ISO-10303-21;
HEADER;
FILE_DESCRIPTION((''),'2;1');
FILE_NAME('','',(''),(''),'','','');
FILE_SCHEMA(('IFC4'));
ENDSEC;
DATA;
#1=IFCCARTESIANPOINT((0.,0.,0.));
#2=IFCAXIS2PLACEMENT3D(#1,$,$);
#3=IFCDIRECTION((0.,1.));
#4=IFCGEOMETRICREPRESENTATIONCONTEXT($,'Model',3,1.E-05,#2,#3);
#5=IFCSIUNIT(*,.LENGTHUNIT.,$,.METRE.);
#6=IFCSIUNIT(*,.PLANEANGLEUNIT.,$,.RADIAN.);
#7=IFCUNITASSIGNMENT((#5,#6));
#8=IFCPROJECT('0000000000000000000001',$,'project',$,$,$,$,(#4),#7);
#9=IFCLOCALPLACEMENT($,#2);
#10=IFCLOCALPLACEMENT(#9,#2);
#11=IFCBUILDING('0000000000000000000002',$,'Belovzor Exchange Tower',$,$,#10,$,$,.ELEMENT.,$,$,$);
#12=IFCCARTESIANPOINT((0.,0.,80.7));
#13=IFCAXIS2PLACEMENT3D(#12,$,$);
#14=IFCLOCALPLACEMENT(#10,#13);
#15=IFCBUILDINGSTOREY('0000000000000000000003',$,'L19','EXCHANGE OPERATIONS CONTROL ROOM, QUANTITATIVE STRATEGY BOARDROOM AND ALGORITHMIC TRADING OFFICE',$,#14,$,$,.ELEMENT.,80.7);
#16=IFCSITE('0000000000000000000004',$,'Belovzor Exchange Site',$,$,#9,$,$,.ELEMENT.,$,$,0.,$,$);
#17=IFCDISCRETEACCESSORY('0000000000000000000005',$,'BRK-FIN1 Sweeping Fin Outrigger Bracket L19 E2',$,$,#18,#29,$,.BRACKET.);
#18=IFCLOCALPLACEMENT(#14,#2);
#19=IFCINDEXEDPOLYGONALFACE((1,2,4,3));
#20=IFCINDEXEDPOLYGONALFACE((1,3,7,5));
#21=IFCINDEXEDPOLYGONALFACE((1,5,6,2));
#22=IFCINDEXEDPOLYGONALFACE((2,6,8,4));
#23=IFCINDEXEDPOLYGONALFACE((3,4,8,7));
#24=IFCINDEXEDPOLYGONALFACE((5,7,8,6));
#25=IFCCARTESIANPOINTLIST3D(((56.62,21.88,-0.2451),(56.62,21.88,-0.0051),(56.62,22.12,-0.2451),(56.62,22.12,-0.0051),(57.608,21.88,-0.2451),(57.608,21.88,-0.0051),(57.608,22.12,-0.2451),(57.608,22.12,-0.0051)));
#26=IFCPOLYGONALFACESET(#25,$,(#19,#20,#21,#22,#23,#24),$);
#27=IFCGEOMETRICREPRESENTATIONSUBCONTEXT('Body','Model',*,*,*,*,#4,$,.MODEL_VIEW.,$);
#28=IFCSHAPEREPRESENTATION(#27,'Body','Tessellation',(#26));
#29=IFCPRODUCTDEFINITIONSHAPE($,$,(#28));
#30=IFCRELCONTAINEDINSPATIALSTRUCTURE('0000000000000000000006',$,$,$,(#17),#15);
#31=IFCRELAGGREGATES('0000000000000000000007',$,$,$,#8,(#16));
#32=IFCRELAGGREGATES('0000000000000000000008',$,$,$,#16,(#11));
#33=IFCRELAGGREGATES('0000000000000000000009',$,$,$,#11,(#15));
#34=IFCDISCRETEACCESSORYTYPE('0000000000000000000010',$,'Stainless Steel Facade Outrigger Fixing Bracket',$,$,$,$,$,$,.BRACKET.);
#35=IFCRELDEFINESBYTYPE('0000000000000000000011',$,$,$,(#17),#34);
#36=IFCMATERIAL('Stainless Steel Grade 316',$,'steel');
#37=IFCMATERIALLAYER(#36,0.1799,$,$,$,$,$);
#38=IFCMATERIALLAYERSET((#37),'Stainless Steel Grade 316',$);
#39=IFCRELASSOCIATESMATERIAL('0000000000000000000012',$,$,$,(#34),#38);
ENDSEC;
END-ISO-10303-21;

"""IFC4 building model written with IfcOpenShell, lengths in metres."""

from ifc_helpers import new_model, si_unit, direction, frame, origin, origin_2d, place, context, subcontext, project, spatial, rectangle, extrude, material, layer, layer_set, type_object, element, save


model = new_model("IFC4")

# Units and contexts
model_context = context("Model", 3, precision=1e-05, world=origin(), true_north=direction((0.0, 1.0)))
body_context = subcontext(model_context, "Body", "Model", "MODEL_VIEW")
ifc_project = project(units=[si_unit("LENGTHUNIT", "METRE"), si_unit("PLANEANGLEUNIT", "RADIAN")], contexts=[model_context])

# Site, building, storey
site_placement = place(None, origin())
site = spatial("IfcSite", under=ifc_project, at=site_placement, Name="Belovzor Exchange Site", CompositionType="ELEMENT", RefElevation=0.0)
building_placement = place(site_placement, origin())
building = spatial("IfcBuilding", under=site, at=building_placement, Name="Belovzor Exchange Tower", CompositionType="ELEMENT")
storey_placement = place(building_placement, frame((0.0, 0.0, 80.7)))
storey = spatial("IfcBuildingStorey", under=building, at=storey_placement, Name="L19", Description="EXCHANGE OPERATIONS CONTROL ROOM, QUANTITATIVE STRATEGY BOARDROOM AND ALGORITHMIC TRADING OFFICE", CompositionType="ELEMENT", Elevation=80.7)

# Discrete accessory
ifc_material_1 = material(Name="Stainless Steel Grade 316", Category="steel")
ifc_layer_1 = layer(ifc_material_1, 0.1799)
ifc_layer_set_1 = layer_set([ifc_layer_1], Name="Stainless Steel Grade 316")
discrete_accessory_type = type_object("IfcDiscreteAccessoryType", Name="Stainless Steel Facade Outrigger Fixing Bracket", PredefinedType="BRACKET", material=ifc_layer_set_1)
discrete_accessory_placement = place(storey_placement, frame((57.114, 22.0, -0.2451), z_axis=(0.0, 0.0, 1.0), x_axis=(1.0, 0.0, 0.0)))
element("IfcDiscreteAccessory", 1, at=discrete_accessory_placement, inside=storey, type_object=discrete_accessory_type, Name="BRK-FIN1 Sweeping Fin Outrigger Bracket L19 E2", PredefinedType="BRACKET", context=body_context, shape_type="SweptSolid", body=[
    extrude(rectangle(XDim=0.988, YDim=0.24, at=origin_2d()), origin(), (0.0, 0.0, 1.0), 0.24),
])

save(model, "model.ifc")
